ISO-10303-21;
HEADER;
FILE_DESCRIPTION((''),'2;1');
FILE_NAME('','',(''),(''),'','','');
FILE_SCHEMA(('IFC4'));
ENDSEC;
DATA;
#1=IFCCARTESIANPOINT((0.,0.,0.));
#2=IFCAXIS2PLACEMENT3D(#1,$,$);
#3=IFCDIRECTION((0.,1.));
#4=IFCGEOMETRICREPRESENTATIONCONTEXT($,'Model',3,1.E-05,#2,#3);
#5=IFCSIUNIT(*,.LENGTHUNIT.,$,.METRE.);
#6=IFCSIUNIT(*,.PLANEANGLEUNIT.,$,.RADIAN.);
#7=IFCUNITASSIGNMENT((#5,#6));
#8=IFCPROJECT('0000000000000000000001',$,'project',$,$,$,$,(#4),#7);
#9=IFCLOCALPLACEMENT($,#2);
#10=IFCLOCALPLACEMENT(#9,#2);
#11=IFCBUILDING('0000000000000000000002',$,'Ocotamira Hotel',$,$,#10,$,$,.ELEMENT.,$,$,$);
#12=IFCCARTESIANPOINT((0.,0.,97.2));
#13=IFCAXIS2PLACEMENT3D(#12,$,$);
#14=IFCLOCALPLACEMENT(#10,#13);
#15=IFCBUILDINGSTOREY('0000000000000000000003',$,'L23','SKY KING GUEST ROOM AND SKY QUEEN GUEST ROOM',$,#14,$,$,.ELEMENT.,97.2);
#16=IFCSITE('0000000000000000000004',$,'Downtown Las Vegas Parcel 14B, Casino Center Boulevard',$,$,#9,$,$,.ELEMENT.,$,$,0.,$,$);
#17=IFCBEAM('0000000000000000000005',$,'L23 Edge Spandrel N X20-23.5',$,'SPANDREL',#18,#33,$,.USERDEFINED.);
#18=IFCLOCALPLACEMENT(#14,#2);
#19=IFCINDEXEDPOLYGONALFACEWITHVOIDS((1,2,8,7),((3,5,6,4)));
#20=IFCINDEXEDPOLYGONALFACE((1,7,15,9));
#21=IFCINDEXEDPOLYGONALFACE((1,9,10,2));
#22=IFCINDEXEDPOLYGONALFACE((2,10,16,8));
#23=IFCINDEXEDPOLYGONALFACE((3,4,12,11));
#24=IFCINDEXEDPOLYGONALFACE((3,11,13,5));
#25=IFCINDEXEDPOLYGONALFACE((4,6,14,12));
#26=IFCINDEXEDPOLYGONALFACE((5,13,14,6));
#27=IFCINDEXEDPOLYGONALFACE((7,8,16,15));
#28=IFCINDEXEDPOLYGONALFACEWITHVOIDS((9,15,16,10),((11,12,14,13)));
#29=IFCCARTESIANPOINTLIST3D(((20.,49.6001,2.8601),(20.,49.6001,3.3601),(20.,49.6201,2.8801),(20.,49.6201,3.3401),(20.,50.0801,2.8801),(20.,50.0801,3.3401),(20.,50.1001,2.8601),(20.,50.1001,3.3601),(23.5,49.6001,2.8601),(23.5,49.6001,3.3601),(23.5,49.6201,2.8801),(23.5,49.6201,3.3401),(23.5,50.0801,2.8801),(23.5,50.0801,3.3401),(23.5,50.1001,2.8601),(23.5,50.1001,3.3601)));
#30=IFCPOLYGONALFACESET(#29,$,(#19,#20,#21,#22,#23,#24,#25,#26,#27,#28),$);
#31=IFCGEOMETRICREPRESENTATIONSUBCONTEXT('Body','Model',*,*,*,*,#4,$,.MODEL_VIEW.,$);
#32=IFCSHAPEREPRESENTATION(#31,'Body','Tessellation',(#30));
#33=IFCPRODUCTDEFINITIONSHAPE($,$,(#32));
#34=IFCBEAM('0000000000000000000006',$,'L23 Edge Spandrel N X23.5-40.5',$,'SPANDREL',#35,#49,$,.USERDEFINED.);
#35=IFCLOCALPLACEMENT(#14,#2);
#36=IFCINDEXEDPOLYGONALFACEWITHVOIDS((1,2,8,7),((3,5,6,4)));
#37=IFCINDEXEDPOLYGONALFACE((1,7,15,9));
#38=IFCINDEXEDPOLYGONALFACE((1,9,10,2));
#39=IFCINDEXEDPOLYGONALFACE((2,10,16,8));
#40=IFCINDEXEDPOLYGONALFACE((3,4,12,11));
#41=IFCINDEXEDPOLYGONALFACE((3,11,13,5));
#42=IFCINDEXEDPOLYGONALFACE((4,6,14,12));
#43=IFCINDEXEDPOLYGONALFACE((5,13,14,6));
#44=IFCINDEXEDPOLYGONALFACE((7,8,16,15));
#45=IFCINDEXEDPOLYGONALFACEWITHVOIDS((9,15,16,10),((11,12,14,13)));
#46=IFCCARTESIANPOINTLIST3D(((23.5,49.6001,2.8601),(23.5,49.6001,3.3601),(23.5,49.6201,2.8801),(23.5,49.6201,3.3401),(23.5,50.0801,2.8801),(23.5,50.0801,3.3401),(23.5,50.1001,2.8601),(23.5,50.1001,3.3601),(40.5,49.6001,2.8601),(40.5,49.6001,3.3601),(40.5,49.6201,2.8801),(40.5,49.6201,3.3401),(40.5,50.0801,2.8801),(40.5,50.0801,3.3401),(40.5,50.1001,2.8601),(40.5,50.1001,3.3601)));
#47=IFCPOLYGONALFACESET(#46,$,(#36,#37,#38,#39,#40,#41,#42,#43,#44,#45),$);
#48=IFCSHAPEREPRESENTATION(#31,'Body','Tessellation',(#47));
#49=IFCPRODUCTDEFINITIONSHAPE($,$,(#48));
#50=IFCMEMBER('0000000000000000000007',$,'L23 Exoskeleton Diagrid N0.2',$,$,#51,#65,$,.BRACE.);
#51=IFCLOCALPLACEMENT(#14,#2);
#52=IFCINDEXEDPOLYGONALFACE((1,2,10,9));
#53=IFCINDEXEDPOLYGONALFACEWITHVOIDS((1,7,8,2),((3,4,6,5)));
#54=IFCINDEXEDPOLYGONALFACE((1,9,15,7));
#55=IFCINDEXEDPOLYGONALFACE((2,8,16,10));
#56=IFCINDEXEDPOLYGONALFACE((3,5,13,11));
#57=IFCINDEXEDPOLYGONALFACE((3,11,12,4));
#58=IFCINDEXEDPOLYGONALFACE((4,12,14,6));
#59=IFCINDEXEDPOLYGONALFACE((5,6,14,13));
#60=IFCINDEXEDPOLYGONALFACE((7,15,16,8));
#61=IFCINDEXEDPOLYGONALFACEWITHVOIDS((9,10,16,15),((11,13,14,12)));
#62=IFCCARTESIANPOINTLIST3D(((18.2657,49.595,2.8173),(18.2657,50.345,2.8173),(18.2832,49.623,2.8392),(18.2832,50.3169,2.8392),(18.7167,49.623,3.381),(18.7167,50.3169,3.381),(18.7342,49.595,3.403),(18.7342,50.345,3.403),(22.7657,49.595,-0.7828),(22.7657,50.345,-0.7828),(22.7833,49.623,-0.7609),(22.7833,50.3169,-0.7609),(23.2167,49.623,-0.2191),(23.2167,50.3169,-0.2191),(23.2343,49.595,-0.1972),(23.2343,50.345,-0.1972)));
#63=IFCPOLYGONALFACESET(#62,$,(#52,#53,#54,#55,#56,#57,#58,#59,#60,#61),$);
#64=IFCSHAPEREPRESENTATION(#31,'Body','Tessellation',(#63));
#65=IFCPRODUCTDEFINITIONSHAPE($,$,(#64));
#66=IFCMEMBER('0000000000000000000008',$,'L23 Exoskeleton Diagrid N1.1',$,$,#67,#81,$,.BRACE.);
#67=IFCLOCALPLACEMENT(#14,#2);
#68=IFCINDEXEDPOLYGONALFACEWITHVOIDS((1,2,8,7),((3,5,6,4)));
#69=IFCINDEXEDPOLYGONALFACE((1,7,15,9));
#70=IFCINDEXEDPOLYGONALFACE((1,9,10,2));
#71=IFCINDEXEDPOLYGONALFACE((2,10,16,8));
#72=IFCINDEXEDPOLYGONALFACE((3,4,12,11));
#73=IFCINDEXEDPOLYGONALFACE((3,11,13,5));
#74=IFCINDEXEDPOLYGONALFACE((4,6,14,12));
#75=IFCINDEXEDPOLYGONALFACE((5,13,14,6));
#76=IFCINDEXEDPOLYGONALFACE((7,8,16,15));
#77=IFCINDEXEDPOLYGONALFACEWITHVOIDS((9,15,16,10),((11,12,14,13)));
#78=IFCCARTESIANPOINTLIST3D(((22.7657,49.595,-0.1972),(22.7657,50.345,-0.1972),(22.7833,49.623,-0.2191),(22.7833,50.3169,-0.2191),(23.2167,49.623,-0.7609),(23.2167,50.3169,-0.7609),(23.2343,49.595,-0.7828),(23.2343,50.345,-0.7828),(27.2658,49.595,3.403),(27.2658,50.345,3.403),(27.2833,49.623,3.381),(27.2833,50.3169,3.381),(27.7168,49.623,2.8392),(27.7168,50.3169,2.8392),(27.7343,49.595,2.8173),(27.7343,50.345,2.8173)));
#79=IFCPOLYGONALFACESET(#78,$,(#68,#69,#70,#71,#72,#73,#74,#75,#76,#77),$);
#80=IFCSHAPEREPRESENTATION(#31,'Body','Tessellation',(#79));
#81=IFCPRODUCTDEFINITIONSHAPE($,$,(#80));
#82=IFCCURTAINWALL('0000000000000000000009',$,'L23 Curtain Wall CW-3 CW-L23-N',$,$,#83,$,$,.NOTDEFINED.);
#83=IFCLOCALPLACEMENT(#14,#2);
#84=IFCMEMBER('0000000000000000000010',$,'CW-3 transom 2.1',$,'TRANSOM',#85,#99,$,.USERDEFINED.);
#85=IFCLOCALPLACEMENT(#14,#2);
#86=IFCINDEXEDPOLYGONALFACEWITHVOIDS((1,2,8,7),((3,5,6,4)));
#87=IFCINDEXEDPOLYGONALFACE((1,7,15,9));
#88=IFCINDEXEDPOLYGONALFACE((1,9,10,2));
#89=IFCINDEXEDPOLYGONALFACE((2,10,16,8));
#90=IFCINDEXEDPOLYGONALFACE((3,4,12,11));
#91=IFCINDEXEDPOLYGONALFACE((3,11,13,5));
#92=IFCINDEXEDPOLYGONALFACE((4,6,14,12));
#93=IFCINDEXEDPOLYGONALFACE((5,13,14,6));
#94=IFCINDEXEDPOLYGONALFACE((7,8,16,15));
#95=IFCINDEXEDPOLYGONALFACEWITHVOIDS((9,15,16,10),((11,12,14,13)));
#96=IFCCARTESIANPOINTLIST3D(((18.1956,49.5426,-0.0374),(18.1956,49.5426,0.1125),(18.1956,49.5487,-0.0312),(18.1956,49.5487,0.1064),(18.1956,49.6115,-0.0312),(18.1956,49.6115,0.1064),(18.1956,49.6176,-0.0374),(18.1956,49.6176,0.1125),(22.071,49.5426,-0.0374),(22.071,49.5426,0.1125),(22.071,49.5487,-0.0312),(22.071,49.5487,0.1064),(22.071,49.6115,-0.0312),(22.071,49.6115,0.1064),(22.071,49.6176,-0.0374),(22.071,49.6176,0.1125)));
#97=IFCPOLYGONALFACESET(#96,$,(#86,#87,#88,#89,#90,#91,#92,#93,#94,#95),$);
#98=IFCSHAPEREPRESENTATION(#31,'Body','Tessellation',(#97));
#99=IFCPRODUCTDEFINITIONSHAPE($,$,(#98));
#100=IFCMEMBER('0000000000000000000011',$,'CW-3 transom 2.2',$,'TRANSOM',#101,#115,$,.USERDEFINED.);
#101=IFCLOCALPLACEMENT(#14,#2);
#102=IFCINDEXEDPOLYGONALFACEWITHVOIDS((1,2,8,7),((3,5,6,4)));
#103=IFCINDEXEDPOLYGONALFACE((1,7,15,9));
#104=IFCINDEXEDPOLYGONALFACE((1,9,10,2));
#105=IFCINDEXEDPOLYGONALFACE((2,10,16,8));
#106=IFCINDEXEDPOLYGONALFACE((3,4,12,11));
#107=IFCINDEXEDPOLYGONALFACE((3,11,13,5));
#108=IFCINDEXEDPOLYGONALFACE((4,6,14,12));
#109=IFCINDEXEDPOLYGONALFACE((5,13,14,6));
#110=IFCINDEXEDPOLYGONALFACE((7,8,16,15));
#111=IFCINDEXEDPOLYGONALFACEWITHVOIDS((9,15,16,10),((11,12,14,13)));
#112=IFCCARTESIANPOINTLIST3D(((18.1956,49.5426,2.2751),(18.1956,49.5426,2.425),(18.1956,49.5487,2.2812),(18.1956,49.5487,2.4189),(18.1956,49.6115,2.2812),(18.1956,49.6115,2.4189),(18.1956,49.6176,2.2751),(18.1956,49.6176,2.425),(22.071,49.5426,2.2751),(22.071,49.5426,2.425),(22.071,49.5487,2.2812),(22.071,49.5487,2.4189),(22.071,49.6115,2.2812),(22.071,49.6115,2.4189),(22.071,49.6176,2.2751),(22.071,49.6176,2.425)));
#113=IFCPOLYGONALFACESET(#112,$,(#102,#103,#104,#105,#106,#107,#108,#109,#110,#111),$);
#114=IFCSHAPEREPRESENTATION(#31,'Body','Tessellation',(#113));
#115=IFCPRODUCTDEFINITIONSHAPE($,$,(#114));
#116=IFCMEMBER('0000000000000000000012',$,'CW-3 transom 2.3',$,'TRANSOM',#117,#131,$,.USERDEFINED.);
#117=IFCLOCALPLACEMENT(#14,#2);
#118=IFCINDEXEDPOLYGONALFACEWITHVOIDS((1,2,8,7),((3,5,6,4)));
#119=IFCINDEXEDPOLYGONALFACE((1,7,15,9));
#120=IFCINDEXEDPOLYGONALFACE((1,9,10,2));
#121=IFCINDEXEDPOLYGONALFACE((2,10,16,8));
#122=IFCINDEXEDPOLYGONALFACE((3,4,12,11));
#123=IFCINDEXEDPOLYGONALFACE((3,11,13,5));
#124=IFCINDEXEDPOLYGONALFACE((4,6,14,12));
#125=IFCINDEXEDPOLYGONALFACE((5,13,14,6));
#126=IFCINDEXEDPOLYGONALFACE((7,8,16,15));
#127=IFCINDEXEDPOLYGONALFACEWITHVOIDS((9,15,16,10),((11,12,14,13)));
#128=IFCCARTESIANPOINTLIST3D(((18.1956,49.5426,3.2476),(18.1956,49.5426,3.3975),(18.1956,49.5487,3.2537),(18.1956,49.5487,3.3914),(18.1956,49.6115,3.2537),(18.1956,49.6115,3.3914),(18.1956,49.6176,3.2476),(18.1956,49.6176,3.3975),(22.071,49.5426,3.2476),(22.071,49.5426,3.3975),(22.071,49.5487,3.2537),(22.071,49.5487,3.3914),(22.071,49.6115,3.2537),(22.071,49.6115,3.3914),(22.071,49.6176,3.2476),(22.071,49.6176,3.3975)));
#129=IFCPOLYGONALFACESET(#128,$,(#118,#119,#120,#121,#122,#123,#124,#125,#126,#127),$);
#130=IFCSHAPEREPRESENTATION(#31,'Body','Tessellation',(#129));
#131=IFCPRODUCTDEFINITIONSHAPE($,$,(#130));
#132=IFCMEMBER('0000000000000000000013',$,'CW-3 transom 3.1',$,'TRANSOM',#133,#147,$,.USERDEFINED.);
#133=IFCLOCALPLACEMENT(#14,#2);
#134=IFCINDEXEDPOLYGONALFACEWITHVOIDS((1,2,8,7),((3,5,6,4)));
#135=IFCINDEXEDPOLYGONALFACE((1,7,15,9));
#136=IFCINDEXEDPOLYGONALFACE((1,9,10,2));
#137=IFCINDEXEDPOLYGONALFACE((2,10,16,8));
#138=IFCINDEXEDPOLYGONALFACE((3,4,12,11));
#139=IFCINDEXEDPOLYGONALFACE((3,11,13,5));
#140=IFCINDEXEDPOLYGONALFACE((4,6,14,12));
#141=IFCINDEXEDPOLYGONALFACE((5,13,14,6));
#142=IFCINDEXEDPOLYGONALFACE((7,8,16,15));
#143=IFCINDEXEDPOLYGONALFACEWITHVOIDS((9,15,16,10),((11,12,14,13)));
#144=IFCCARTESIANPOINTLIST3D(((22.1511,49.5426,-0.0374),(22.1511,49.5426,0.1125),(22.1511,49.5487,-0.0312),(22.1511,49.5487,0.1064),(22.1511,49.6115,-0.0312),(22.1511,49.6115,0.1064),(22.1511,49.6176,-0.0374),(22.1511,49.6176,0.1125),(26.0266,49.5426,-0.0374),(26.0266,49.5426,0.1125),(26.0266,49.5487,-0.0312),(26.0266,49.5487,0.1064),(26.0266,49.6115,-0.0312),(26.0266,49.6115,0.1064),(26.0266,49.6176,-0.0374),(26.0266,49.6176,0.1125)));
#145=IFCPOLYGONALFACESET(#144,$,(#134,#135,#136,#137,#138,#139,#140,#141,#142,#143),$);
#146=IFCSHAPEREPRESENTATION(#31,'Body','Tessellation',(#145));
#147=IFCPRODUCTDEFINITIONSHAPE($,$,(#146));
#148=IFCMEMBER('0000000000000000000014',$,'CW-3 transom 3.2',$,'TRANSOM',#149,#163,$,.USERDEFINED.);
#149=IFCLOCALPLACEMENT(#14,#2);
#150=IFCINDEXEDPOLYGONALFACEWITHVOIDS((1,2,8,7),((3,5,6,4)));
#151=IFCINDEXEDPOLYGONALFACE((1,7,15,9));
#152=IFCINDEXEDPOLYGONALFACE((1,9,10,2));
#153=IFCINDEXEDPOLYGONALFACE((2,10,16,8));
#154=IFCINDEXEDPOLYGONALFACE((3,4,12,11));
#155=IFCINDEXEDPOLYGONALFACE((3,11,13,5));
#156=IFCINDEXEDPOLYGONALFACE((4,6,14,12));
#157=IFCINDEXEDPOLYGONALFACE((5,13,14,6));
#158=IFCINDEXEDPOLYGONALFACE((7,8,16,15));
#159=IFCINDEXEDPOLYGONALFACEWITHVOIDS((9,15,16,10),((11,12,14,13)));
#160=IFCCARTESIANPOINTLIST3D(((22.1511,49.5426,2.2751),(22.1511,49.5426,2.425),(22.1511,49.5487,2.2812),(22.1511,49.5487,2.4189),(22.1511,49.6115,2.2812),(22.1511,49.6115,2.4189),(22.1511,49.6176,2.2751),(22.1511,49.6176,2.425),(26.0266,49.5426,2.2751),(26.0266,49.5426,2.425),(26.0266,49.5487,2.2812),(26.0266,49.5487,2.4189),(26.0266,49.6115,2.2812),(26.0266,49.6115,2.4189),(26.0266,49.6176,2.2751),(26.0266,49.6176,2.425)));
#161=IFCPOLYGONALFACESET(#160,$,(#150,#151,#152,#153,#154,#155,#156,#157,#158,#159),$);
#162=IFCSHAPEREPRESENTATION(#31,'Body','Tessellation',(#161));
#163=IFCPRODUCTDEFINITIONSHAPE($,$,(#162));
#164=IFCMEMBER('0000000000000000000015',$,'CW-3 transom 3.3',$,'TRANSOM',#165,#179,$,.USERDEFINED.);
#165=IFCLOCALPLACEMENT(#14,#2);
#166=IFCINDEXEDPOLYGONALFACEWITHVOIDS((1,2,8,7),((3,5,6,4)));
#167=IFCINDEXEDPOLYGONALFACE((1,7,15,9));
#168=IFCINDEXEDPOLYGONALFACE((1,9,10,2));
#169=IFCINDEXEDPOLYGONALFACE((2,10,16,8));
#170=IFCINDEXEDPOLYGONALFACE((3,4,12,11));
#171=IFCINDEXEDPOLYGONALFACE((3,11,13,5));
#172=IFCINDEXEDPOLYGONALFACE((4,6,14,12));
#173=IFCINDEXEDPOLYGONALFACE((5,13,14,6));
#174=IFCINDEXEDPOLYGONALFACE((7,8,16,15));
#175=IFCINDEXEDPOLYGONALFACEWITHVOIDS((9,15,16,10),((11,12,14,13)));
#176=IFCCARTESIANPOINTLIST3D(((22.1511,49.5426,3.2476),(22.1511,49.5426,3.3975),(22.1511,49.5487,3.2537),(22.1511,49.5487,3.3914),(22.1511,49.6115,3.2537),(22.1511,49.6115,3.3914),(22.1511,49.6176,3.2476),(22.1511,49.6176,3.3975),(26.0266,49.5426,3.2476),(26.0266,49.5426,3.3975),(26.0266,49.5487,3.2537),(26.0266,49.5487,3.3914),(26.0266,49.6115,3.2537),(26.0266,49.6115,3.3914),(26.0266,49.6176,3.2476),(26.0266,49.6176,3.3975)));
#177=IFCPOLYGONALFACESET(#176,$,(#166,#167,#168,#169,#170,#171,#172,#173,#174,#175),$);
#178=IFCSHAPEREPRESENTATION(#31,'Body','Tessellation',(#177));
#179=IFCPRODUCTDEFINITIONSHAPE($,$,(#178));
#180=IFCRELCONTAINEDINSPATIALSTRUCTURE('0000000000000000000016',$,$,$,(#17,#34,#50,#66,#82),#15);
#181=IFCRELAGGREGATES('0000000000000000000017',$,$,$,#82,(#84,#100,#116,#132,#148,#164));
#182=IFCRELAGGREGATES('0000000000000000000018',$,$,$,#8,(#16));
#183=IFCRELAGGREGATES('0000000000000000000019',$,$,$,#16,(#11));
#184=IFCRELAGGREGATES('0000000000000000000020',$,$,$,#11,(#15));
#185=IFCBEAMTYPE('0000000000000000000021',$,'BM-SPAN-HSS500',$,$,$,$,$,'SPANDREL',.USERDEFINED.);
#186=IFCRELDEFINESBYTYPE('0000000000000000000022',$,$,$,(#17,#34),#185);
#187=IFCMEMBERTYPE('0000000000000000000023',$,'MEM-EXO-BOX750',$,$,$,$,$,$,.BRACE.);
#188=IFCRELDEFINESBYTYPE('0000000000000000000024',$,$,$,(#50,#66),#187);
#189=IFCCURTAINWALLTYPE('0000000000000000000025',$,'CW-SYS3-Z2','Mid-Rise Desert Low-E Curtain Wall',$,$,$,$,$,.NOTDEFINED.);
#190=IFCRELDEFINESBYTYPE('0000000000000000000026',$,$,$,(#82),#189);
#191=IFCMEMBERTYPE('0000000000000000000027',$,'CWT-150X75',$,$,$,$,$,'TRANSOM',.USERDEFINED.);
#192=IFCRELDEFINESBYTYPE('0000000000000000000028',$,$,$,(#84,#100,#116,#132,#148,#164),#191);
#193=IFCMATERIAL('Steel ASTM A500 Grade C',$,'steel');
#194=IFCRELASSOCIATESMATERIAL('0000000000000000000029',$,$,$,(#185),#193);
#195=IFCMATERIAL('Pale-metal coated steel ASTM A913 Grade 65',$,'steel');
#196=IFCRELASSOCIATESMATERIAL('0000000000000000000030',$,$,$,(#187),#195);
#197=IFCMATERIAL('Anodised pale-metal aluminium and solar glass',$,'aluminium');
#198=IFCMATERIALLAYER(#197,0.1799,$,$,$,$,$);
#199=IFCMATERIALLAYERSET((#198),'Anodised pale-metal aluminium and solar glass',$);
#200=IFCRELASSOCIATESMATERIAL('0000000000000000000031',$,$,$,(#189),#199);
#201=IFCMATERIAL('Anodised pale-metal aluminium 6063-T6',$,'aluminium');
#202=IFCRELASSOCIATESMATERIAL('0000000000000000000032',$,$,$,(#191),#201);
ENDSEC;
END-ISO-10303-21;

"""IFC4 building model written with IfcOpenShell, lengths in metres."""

from ifc_helpers import new_model, si_unit, direction, frame, origin, origin_2d, place, context, subcontext, project, spatial, hollow_rectangle, extrude, source, transform, mapped, material, layer, layer_set, material_profile, profile_set, type_object, element, aggregate, save


model = new_model("IFC4")

# Units and contexts
model_context = context("Model", 3, precision=1e-05, world=origin(), true_north=direction((0.0, 1.0)))
body_context = subcontext(model_context, "Body", "Model", "MODEL_VIEW")
ifc_project = project(units=[si_unit("LENGTHUNIT", "METRE"), si_unit("PLANEANGLEUNIT", "RADIAN")], contexts=[model_context])

# Site, building, storey
site_placement = place(None, origin())
site = spatial("IfcSite", under=ifc_project, at=site_placement, Name="Downtown Las Vegas Parcel 14B, Casino Center Boulevard", CompositionType="ELEMENT", RefElevation=0.0)
building_placement = place(site_placement, origin())
building = spatial("IfcBuilding", under=site, at=building_placement, Name="Ocotamira Hotel", CompositionType="ELEMENT")
storey_placement = place(building_placement, frame((0.0, 0.0, 97.2)))
storey = spatial("IfcBuildingStorey", under=building, at=storey_placement, Name="L23", Description="SKY KING GUEST ROOM AND SKY QUEEN GUEST ROOM", CompositionType="ELEMENT", Elevation=97.2)

# Beams
ifc_material_1 = material(Name="Steel ASTM A500 Grade C", Category="steel")
ifc_material_profile_1 = material_profile(ifc_material_1, hollow_rectangle(XDim=0.5, YDim=0.5, WallThickness=0.02, at=origin_2d()), Name="HSS500X500X20")
ifc_profile_set_1 = profile_set([ifc_material_profile_1], Name="Steel ASTM A500 Grade C")
beam_type_1 = type_object("IfcBeamType", Name="BM-SPAN-HSS500", ElementType="SPANDREL", PredefinedType="USERDEFINED", material=ifc_profile_set_1)
shared_shape_1 = source(origin(), body_context, "Body", "SweptSolid", [
    extrude(hollow_rectangle(XDim=0.5, YDim=0.5, WallThickness=0.02, at=origin_2d()), origin(), (0.0, 0.0, 1.0), 3.5),
])
beam_1_placement = place(storey_placement, frame((20.0, 49.8501, 3.1101), z_axis=(1.0, 0.0, 0.0), x_axis=(0.0, 1.0, 0.0)))
element("IfcBeam", 1, at=beam_1_placement, inside=storey, type_object=beam_type_1, Name="L23 Edge Spandrel N X20-23.5", ObjectType="SPANDREL", PredefinedType="USERDEFINED", context=body_context, shape_type="MappedRepresentation", body=[
    mapped(shared_shape_1, transform((0.0, 0.0, 0.0), scale=1.0)),
])
shared_shape_2 = source(origin(), body_context, "Body", "SweptSolid", [
    extrude(hollow_rectangle(XDim=0.5, YDim=0.5, WallThickness=0.02, at=origin_2d()), origin(), (0.0, 0.0, 1.0), 17.0),
])
beam_2_placement = place(storey_placement, frame((23.5, 49.8501, 3.1101), z_axis=(1.0, 0.0, 0.0), x_axis=(0.0, 1.0, 0.0)))
element("IfcBeam", 2, at=beam_2_placement, inside=storey, type_object=beam_type_1, Name="L23 Edge Spandrel N X23.5-40.5", ObjectType="SPANDREL", PredefinedType="USERDEFINED", context=body_context, shape_type="MappedRepresentation", body=[
    mapped(shared_shape_2, transform((0.0, 0.0, 0.0), scale=1.0)),
])

# Members
ifc_material_2 = material(Name="Pale-metal coated steel ASTM A913 Grade 65", Category="steel")
ifc_material_profile_2 = material_profile(ifc_material_2, hollow_rectangle(XDim=0.75, YDim=0.75, WallThickness=0.0281, at=origin_2d()), Name="BOX750X750X28")
ifc_profile_set_2 = profile_set([ifc_material_profile_2], Name="Pale-metal coated steel ASTM A913 Grade 65")
member_type_1 = type_object("IfcMemberType", Name="MEM-EXO-BOX750", PredefinedType="BRACE", material=ifc_profile_set_2)
shared_shape_3 = source(origin(), body_context, "Body", "SweptSolid", [
    extrude(hollow_rectangle(XDim=0.75, YDim=0.75, WallThickness=0.0281, at=origin_2d()), origin(), (0.0, 0.0, 1.0), 5.7629),
])
for number, where, z_axis, x_axis, name in (
    (3, (23.0, 49.97, -0.49), (-0.780861, 0.0, 0.624705), (0.0, -1.0, 0.0), "L23 Exoskeleton Diagrid N0.2"),
    (4, (23.0, 49.97, -0.49), (0.780861, 0.0, 0.624705), (0.0, 1.0, 0.0), "L23 Exoskeleton Diagrid N1.1"),
):
    element("IfcMember", number, at=place(storey_placement, frame(where, z_axis=z_axis, x_axis=x_axis)), inside=storey, type_object=member_type_1, Name=name, PredefinedType="BRACE", context=body_context, shape_type="MappedRepresentation", body=[
        mapped(shared_shape_3, transform((0.0, 0.0, 0.0), scale=1.0)),
    ])

# Curtain wall, members
ifc_material_3 = material(Name="Anodised pale-metal aluminium and solar glass", Category="aluminium")
ifc_layer_1 = layer(ifc_material_3, 0.1799)
ifc_layer_set_1 = layer_set([ifc_layer_1], Name="Anodised pale-metal aluminium and solar glass")
curtain_wall_type = type_object("IfcCurtainWallType", Name="CW-SYS3-Z2", Description="Mid-Rise Desert Low-E Curtain Wall", PredefinedType="NOTDEFINED", material=ifc_layer_set_1)
curtain_wall_placement = place(storey_placement, origin())
curtain_wall = element("IfcCurtainWall", 5, at=curtain_wall_placement, inside=storey, type_object=curtain_wall_type, Name="L23 Curtain Wall CW-3 CW-L23-N", PredefinedType="NOTDEFINED")
ifc_material_4 = material(Name="Anodised pale-metal aluminium 6063-T6", Category="aluminium")
ifc_material_profile_3 = material_profile(ifc_material_4, hollow_rectangle(XDim=0.075, YDim=0.1499, WallThickness=0.0061, at=origin_2d()), Name="HSS150X75X6")
ifc_profile_set_3 = profile_set([ifc_material_profile_3], Name="Anodised pale-metal aluminium 6063-T6")
member_type_2 = type_object("IfcMemberType", Name="CWT-150X75", ElementType="TRANSOM", PredefinedType="USERDEFINED", material=ifc_profile_set_3)
shared_shape_4 = source(origin(), body_context, "Body", "SweptSolid", [
    extrude(hollow_rectangle(XDim=0.075, YDim=0.1499, WallThickness=0.0061, at=origin_2d()), origin(), (0.0, 0.0, 1.0), 3.8755),
])
member_1_placement = place(storey_placement, frame((18.1956, 49.5801, 0.0376), z_axis=(1.0, 0.0, 0.0), x_axis=(0.0, 1.0, 0.0)))
member_1 = element("IfcMember", 6, at=member_1_placement, type_object=member_type_2, Name="CW-3 transom 2.1", ObjectType="TRANSOM", PredefinedType="USERDEFINED", context=body_context, shape_type="MappedRepresentation", body=[
    mapped(shared_shape_4, transform((0.0, 0.0, 0.0), scale=1.0)),
])
member_2_placement = place(storey_placement, frame((18.1956, 49.5801, 2.3501), z_axis=(1.0, 0.0, 0.0), x_axis=(0.0, 1.0, 0.0)))
member_2 = element("IfcMember", 7, at=member_2_placement, type_object=member_type_2, Name="CW-3 transom 2.2", ObjectType="TRANSOM", PredefinedType="USERDEFINED", context=body_context, shape_type="MappedRepresentation", body=[
    mapped(shared_shape_4, transform((0.0, 0.0, 0.0), scale=1.0)),
])
member_3_placement = place(storey_placement, frame((18.1956, 49.5801, 3.3225), z_axis=(1.0, 0.0, 0.0), x_axis=(0.0, 1.0, 0.0)))
member_3 = element("IfcMember", 8, at=member_3_placement, type_object=member_type_2, Name="CW-3 transom 2.3", ObjectType="TRANSOM", PredefinedType="USERDEFINED", context=body_context, shape_type="MappedRepresentation", body=[
    mapped(shared_shape_4, transform((0.0, 0.0, 0.0), scale=1.0)),
])
member_4_placement = place(storey_placement, frame((22.1511, 49.5801, 0.0376), z_axis=(1.0, 0.0, 0.0), x_axis=(0.0, 1.0, 0.0)))
member_4 = element("IfcMember", 9, at=member_4_placement, type_object=member_type_2, Name="CW-3 transom 3.1", ObjectType="TRANSOM", PredefinedType="USERDEFINED", context=body_context, shape_type="MappedRepresentation", body=[
    mapped(shared_shape_4, transform((0.0, 0.0, 0.0), scale=1.0)),
])
member_5_placement = place(storey_placement, frame((22.1511, 49.5801, 2.3501), z_axis=(1.0, 0.0, 0.0), x_axis=(0.0, 1.0, 0.0)))
member_5 = element("IfcMember", 10, at=member_5_placement, type_object=member_type_2, Name="CW-3 transom 3.2", ObjectType="TRANSOM", PredefinedType="USERDEFINED", context=body_context, shape_type="MappedRepresentation", body=[
    mapped(shared_shape_4, transform((0.0, 0.0, 0.0), scale=1.0)),
])
member_6_placement = place(storey_placement, frame((22.1511, 49.5801, 3.3225), z_axis=(1.0, 0.0, 0.0), x_axis=(0.0, 1.0, 0.0)))
member_6 = element("IfcMember", 11, at=member_6_placement, type_object=member_type_2, Name="CW-3 transom 3.3", ObjectType="TRANSOM", PredefinedType="USERDEFINED", context=body_context, shape_type="MappedRepresentation", body=[
    mapped(shared_shape_4, transform((0.0, 0.0, 0.0), scale=1.0)),
])

aggregate(curtain_wall, [member_1, member_2, member_3, member_4, member_5, member_6])

save(model, "model.ifc")
